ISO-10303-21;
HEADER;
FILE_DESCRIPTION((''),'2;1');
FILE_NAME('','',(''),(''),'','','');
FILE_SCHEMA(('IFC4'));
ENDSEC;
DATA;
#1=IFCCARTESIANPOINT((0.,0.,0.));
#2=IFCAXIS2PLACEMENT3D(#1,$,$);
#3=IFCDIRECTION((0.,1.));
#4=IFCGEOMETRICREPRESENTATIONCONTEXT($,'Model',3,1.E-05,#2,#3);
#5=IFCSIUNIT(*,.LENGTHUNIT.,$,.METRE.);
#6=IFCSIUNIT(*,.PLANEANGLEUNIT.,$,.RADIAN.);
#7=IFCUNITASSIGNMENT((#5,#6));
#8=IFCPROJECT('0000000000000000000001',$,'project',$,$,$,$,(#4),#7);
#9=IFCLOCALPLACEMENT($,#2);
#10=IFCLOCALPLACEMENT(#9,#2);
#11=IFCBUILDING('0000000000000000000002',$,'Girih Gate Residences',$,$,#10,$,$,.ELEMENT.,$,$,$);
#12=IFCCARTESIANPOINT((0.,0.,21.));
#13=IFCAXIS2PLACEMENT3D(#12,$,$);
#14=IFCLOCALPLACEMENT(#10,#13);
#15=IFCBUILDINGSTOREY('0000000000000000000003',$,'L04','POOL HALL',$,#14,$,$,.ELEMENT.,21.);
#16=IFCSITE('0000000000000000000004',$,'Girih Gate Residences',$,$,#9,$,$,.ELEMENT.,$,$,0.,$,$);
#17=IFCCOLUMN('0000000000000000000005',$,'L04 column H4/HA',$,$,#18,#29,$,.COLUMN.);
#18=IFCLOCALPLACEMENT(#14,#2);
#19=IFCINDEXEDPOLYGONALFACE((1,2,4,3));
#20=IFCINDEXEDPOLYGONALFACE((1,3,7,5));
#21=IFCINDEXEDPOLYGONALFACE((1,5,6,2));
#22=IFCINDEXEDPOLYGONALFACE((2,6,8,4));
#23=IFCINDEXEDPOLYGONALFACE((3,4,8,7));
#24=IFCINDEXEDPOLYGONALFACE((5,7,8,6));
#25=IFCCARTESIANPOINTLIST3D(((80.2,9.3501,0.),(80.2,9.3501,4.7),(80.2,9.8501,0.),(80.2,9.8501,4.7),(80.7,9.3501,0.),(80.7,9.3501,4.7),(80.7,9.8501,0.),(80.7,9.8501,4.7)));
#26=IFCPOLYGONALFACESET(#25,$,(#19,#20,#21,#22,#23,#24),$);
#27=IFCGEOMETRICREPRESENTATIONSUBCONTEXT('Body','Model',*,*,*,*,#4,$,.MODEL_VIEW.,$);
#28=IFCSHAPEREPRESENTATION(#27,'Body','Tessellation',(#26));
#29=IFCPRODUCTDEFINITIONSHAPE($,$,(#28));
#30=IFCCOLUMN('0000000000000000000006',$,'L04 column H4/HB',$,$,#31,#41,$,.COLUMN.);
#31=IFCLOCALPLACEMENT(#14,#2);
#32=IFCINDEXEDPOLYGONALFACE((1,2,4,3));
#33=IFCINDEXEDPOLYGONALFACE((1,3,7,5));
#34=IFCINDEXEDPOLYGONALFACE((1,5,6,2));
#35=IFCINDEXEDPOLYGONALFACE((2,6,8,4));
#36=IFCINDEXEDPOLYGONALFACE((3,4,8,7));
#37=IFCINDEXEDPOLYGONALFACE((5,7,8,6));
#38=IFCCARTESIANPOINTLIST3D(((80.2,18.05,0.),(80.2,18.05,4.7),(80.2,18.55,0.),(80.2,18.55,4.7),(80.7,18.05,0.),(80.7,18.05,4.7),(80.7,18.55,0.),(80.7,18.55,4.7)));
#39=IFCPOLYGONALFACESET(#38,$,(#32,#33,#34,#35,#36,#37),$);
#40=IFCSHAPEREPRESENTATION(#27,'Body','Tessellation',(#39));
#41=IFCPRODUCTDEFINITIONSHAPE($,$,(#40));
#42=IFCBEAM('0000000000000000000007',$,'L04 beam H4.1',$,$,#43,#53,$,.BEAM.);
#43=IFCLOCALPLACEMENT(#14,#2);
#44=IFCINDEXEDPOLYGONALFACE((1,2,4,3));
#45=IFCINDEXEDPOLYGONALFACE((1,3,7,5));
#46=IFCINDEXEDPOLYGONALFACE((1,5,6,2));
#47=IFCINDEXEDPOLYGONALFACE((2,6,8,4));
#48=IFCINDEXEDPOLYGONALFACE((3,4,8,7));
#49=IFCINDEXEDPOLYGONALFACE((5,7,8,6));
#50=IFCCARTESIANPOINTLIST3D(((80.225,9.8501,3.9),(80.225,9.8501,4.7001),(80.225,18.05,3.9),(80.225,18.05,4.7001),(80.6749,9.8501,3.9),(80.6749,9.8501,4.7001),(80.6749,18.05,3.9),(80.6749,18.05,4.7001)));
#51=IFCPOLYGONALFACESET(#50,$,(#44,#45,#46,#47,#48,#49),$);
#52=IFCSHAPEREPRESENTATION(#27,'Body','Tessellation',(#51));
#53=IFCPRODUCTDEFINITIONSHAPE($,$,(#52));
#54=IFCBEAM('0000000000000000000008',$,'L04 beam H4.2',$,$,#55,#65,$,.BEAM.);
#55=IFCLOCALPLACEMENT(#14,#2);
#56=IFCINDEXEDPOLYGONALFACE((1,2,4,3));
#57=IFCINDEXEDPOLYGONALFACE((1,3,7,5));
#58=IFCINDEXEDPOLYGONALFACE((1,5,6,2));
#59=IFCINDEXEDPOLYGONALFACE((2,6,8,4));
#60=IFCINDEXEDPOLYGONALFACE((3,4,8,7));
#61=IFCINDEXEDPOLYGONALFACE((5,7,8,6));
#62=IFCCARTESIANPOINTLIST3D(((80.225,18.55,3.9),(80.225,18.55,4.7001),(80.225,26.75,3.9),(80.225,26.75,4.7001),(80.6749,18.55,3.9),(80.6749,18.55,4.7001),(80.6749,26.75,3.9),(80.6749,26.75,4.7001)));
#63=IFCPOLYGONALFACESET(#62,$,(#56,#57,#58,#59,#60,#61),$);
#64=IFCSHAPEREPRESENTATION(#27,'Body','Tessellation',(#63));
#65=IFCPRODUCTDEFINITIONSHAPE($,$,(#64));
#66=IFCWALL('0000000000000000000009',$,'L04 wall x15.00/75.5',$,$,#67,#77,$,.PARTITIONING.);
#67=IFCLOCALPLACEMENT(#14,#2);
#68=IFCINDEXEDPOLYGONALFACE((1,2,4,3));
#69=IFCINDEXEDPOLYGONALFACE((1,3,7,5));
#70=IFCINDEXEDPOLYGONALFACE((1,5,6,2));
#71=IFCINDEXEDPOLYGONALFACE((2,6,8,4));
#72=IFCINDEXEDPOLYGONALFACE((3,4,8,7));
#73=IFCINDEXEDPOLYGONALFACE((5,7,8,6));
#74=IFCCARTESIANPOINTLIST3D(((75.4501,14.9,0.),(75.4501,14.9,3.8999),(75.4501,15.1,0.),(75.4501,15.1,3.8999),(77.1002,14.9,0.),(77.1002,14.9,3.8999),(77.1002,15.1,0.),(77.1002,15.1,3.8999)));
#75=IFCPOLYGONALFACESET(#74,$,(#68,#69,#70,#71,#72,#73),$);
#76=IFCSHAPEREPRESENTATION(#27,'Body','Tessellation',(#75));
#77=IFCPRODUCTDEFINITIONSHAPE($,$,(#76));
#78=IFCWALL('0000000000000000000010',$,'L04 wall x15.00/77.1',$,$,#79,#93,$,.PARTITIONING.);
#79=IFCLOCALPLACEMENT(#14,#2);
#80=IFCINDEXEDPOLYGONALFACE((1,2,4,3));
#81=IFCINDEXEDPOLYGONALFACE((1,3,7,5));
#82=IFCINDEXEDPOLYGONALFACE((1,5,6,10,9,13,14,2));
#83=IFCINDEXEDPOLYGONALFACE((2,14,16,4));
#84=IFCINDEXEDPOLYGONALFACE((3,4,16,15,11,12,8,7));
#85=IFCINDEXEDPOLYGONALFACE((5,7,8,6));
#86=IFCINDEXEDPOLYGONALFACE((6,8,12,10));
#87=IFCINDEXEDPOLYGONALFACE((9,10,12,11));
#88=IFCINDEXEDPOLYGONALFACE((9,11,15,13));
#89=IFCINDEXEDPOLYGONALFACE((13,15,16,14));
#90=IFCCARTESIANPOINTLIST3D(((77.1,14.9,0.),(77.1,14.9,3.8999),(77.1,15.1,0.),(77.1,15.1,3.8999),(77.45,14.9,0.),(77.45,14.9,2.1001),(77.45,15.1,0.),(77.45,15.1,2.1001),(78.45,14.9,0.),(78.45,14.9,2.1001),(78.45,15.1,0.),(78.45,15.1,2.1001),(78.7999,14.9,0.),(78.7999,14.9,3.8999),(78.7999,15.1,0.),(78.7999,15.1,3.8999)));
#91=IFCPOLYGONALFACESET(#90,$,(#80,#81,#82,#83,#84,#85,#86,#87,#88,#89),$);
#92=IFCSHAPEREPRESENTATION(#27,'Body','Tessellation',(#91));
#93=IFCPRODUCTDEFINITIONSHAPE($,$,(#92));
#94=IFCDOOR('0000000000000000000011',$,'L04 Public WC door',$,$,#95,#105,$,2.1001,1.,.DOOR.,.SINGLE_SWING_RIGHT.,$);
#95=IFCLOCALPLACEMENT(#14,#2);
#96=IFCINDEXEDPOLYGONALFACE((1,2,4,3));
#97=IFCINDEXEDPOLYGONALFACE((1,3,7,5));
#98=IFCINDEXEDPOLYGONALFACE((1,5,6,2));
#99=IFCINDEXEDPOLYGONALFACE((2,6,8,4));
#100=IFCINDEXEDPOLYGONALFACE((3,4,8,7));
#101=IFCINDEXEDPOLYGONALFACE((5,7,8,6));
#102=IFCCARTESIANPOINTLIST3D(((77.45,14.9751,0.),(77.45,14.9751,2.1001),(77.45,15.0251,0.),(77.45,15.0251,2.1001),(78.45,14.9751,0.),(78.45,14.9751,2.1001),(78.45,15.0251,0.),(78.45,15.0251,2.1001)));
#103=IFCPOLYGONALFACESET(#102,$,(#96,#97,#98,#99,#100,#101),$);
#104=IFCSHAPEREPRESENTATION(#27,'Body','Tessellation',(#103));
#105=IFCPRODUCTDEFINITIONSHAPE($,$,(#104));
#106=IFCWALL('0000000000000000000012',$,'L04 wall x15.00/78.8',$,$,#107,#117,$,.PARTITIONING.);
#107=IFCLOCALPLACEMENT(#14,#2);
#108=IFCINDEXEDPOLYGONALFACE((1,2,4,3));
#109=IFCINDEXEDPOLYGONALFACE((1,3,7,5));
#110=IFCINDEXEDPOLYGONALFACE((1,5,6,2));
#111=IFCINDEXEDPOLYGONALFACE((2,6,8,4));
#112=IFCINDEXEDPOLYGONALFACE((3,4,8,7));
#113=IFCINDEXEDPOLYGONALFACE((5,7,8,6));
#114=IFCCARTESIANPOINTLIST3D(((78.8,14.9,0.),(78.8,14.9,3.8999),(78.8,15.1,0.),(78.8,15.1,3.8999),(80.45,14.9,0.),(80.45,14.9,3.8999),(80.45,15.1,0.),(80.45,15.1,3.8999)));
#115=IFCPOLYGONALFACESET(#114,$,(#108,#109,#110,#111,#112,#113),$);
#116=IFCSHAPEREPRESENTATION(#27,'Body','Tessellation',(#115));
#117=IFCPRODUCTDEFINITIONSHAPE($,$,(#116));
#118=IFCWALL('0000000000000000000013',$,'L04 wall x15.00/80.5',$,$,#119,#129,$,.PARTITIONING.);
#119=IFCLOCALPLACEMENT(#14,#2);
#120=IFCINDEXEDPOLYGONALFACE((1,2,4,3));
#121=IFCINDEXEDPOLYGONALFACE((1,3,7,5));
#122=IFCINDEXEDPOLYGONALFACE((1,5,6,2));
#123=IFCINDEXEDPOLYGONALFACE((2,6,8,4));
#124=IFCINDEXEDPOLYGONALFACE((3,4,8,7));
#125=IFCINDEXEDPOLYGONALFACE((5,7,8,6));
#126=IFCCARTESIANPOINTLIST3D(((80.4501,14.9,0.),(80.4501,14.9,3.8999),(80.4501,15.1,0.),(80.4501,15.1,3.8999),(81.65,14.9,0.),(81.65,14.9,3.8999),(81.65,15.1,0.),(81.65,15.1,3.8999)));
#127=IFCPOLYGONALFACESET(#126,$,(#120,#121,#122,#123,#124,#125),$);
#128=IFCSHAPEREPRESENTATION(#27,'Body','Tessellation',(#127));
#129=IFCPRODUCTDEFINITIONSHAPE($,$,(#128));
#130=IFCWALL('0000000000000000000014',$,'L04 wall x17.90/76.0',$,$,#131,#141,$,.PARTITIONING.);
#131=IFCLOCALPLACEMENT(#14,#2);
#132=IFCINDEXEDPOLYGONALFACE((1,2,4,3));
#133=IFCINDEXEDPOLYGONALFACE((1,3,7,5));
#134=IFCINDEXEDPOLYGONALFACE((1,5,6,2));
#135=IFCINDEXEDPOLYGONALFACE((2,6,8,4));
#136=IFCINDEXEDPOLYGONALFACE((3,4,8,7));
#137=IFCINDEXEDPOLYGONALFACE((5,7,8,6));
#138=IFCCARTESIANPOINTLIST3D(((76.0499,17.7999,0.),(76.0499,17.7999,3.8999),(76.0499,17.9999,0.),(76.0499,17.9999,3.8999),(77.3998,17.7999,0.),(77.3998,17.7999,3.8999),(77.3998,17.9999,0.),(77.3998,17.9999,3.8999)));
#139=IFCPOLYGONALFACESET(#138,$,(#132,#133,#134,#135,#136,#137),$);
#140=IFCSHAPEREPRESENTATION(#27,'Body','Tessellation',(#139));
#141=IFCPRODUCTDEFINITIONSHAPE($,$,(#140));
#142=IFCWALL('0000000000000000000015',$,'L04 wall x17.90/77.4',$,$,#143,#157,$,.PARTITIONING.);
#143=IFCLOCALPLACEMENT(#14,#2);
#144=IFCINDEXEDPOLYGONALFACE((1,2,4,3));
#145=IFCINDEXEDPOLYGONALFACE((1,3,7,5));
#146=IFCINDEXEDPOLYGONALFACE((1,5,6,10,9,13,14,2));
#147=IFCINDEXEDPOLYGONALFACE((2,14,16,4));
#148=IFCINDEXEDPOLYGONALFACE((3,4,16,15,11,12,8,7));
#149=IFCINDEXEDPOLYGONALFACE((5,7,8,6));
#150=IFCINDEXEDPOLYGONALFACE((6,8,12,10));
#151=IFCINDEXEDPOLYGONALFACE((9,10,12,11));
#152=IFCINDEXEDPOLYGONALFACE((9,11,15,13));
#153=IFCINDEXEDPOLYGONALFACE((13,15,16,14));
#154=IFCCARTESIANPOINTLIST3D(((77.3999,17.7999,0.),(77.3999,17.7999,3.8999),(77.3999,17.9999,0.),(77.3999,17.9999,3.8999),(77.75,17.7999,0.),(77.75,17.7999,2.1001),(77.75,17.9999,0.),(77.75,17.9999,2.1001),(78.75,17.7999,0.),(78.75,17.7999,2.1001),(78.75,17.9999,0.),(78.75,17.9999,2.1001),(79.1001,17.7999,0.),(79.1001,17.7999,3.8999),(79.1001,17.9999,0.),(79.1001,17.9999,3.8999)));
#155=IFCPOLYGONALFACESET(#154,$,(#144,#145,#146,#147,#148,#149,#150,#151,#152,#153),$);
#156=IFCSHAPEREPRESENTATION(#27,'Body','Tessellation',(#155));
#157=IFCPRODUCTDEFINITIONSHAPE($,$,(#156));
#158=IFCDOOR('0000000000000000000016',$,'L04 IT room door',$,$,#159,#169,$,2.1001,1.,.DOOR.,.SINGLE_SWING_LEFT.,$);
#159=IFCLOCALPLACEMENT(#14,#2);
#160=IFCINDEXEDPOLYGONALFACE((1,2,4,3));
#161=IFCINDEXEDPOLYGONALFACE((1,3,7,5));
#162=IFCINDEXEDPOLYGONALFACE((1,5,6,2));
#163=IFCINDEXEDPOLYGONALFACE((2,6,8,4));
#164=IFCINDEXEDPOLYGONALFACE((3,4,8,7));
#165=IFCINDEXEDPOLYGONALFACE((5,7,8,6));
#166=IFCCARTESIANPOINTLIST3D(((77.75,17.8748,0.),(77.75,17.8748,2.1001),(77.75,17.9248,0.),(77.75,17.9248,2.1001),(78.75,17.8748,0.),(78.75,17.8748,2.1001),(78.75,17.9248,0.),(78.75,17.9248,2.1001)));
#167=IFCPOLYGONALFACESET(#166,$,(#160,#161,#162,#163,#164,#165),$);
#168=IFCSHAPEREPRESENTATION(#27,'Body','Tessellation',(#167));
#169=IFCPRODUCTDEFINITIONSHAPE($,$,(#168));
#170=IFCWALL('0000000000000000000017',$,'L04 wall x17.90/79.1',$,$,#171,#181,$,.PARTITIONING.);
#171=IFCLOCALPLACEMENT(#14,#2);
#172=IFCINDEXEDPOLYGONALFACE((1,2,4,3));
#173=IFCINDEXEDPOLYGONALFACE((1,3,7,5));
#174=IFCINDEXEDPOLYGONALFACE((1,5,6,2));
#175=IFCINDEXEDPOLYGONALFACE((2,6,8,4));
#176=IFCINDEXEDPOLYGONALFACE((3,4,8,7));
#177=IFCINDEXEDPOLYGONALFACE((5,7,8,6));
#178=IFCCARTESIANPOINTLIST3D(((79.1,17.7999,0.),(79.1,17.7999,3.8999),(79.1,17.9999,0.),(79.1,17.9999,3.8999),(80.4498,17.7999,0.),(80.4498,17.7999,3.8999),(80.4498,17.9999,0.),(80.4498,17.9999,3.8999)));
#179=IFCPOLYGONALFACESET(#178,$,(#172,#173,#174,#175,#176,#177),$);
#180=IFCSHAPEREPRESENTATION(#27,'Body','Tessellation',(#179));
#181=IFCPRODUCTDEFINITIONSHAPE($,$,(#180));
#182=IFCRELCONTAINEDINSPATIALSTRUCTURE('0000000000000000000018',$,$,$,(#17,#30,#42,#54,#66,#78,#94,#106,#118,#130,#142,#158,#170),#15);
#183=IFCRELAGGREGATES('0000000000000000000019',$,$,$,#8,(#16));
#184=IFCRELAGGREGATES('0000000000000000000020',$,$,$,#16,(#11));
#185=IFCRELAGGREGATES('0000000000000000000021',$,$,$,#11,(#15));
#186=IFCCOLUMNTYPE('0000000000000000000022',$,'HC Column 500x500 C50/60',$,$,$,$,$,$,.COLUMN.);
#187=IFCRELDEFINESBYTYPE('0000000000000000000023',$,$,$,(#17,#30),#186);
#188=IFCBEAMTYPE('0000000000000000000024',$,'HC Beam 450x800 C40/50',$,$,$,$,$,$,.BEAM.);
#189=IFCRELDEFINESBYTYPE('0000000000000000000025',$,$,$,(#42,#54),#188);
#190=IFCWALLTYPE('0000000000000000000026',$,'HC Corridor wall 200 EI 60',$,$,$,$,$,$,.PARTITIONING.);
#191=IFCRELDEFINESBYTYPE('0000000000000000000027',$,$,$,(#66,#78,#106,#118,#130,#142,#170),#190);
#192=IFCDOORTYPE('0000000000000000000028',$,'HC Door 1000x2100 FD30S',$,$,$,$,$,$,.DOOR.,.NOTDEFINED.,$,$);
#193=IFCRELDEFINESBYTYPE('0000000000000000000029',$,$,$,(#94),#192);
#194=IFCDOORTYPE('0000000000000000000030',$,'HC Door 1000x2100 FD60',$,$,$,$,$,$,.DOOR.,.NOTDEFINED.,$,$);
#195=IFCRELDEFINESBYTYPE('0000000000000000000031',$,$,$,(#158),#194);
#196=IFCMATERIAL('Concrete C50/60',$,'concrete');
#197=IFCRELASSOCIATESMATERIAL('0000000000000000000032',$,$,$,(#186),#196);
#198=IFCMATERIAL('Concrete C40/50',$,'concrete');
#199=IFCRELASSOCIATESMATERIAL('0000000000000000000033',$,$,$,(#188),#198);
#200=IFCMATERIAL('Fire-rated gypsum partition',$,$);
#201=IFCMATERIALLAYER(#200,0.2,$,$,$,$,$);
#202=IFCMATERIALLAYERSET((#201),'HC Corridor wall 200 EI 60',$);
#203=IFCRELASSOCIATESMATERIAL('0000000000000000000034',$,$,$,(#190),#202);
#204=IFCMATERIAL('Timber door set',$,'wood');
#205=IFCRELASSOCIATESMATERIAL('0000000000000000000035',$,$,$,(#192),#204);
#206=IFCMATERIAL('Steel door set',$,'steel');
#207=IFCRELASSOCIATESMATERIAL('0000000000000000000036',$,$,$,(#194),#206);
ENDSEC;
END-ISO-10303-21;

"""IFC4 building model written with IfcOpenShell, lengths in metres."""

from ifc_helpers import new_model, si_unit, direction, frame, frame_2d, origin, origin_2d, place, context, subcontext, project, spatial, rectangle, extrude, material, layer, layer_set, material_profile, profile_set, type_object, element, fill, save


model = new_model("IFC4")

# Units and contexts
model_context = context("Model", 3, precision=1e-05, world=origin(), true_north=direction((0.0, 1.0)))
body_context = subcontext(model_context, "Body", "Model", "MODEL_VIEW")
ifc_project = project(units=[si_unit("LENGTHUNIT", "METRE"), si_unit("PLANEANGLEUNIT", "RADIAN")], contexts=[model_context])

# Site, building, storey
site_placement = place(None, origin())
site = spatial("IfcSite", under=ifc_project, at=site_placement, Name="Girih Gate Residences", CompositionType="ELEMENT", RefElevation=0.0)
building_placement = place(site_placement, origin())
building = spatial("IfcBuilding", under=site, at=building_placement, Name="Girih Gate Residences", CompositionType="ELEMENT")
storey_placement = place(building_placement, frame((0.0, 0.0, 21.0)))
storey = spatial("IfcBuildingStorey", under=building, at=storey_placement, Name="L04", Description="POOL HALL", CompositionType="ELEMENT", Elevation=21.0)

# Columns
ifc_material_1 = material(Name="Concrete C50/60", Category="concrete")
ifc_material_profile_1 = material_profile(ifc_material_1, rectangle(XDim=0.5, YDim=0.5, at=origin_2d()))
ifc_profile_set_1 = profile_set([ifc_material_profile_1], Name="Concrete C50/60")
column_type = type_object("IfcColumnType", Name="HC Column 500x500 C50/60", PredefinedType="COLUMN", material=ifc_profile_set_1)
for number, where, z_axis, x_axis, name in (
    (1, (80.45, 9.6001, 0.0), (0.0, 0.0, 1.0), (1.0, 0.0, 0.0), "L04 column H4/HA"),
    (2, (80.45, 18.3, 0.0), (0.0, 0.0, 1.0), (1.0, 0.0, 0.0), "L04 column H4/HB"),
):
    element("IfcColumn", number, at=place(storey_placement, frame(where, z_axis=z_axis, x_axis=x_axis)), inside=storey, type_object=column_type, Name=name, PredefinedType="COLUMN", context=body_context, shape_type="SweptSolid", body=[
        extrude(rectangle(XDim=0.5, YDim=0.5, at=origin_2d()), origin(), (0.0, 0.0, 1.0), 4.7),
    ])

# Beams
ifc_material_2 = material(Name="Concrete C40/50", Category="concrete")
ifc_material_profile_2 = material_profile(ifc_material_2, rectangle(XDim=0.45, YDim=0.8, at=origin_2d()))
ifc_profile_set_2 = profile_set([ifc_material_profile_2], Name="Concrete C40/50")
beam_type = type_object("IfcBeamType", Name="HC Beam 450x800 C40/50", PredefinedType="BEAM", material=ifc_profile_set_2)
for number, where, z_axis, x_axis, name in (
    (3, (80.45, 9.8501, 4.3), (0.0, 1.0, 0.0), (-1.0, 0.0, 0.0), "L04 beam H4.1"),
    (4, (80.45, 18.55, 4.3), (0.0, 1.0, 0.0), (-1.0, 0.0, 0.0), "L04 beam H4.2"),
):
    element("IfcBeam", number, at=place(storey_placement, frame(where, z_axis=z_axis, x_axis=x_axis)), inside=storey, type_object=beam_type, Name=name, PredefinedType="BEAM", context=body_context, shape_type="SweptSolid", body=[
        extrude(rectangle(XDim=0.45, YDim=0.8, at=origin_2d()), origin(), (0.0, 0.0, 1.0), 8.2),
    ])

# Wall
ifc_material_3 = material(Name="Fire-rated gypsum partition")
ifc_layer_1 = layer(ifc_material_3, 0.2)
ifc_layer_set_1 = layer_set([ifc_layer_1], Name="HC Corridor wall 200 EI 60")
wall_type_1 = type_object("IfcWallType", Name="HC Corridor wall 200 EI 60", PredefinedType="PARTITIONING", material=ifc_layer_set_1)
wall_1_placement = place(storey_placement, frame((75.45, 15.0, 0.0), z_axis=(0.0, 0.0, 1.0), x_axis=(1.0, 0.0, 0.0)))
element("IfcWall", 5, at=wall_1_placement, inside=storey, type_object=wall_type_1, Name="L04 wall x15.00/75.5", PredefinedType="PARTITIONING", context=body_context, shape_type="SweptSolid", body=[
    extrude(rectangle(XDim=1.6501, YDim=0.2, at=frame_2d((0.8252, 0.0))), origin(), (0.0, 0.0, 1.0), 3.8999),
])

# Wall, opening, door
wall_2_placement = place(storey_placement, frame((78.8, 15.0, 0.0), z_axis=(0.0, 0.0, 1.0), x_axis=(-1.0, 0.0, 0.0)))
wall_2 = element("IfcWall", 6, at=wall_2_placement, inside=storey, type_object=wall_type_1, Name="L04 wall x15.00/77.1", PredefinedType="PARTITIONING", context=body_context, shape_type="SweptSolid", body=[
    extrude(rectangle(XDim=1.7, YDim=0.2, at=frame_2d((0.8501, 0.0))), origin(), (0.0, 0.0, 1.0), 3.8999),
])
opening_1_placement = place(wall_2_placement, frame((0.3501, 0.0, 0.0)))
opening_1 = element("IfcOpeningElement", 7, at=opening_1_placement, cuts=wall_2, PredefinedType="OPENING", context=body_context, shape_type="SweptSolid", body=[
    extrude(rectangle(XDim=1.0, YDim=2.1001, at=frame_2d((0.5, 1.05))), frame((0.0, 0.1099, 0.0), z_axis=(0.0, -1.0, 0.0), x_axis=(1.0, 0.0, 0.0)), (0.0, 0.0, 1.0), 0.22),
])
ifc_material_4 = material(Name="Timber door set", Category="wood")
door_type_1 = type_object("IfcDoorType", Name="HC Door 1000x2100 FD30S", OperationType="NOTDEFINED", PredefinedType="DOOR", material=ifc_material_4)
door_1_placement = place(opening_1_placement, origin())
door_1 = element("IfcDoor", 8, at=door_1_placement, inside=storey, type_object=door_type_1, Name="L04 Public WC door", OperationType="SINGLE_SWING_RIGHT", OverallHeight=2.1001, OverallWidth=1.0, PredefinedType="DOOR", context=body_context, shape_type="SweptSolid", body=[
    extrude(rectangle(XDim=1.0, YDim=2.1001, at=frame_2d((0.5, 1.05))), frame((0.0, 0.0249, 0.0), z_axis=(0.0, -1.0, 0.0), x_axis=(1.0, 0.0, 0.0)), (0.0, 0.0, 1.0), 0.05),
])
fill(opening_1, door_1)

# Walls
wall_3_placement = place(storey_placement, frame((78.8, 15.0, 0.0), z_axis=(0.0, 0.0, 1.0), x_axis=(1.0, 0.0, 0.0)))
element("IfcWall", 9, at=wall_3_placement, inside=storey, type_object=wall_type_1, Name="L04 wall x15.00/78.8", PredefinedType="PARTITIONING", context=body_context, shape_type="SweptSolid", body=[
    extrude(rectangle(XDim=1.6499, YDim=0.2, at=frame_2d((0.825, 0.0))), origin(), (0.0, 0.0, 1.0), 3.8999),
])
wall_4_placement = place(storey_placement, frame((80.45, 15.0, 0.0), z_axis=(0.0, 0.0, 1.0), x_axis=(1.0, 0.0, 0.0)))
element("IfcWall", 10, at=wall_4_placement, inside=storey, type_object=wall_type_1, Name="L04 wall x15.00/80.5", PredefinedType="PARTITIONING", context=body_context, shape_type="SweptSolid", body=[
    extrude(rectangle(XDim=1.2, YDim=0.2, at=frame_2d((0.6001, 0.0))), origin(), (0.0, 0.0, 1.0), 3.8999),
])
wall_5_placement = place(storey_placement, frame((76.05, 17.8999, 0.0), z_axis=(0.0, 0.0, 1.0), x_axis=(1.0, 0.0, 0.0)))
element("IfcWall", 11, at=wall_5_placement, inside=storey, type_object=wall_type_1, Name="L04 wall x17.90/76.0", PredefinedType="PARTITIONING", context=body_context, shape_type="SweptSolid", body=[
    extrude(rectangle(XDim=1.3499, YDim=0.2, at=frame_2d((0.6748, 0.0))), origin(), (0.0, 0.0, 1.0), 3.8999),
])

# Wall, opening, door
wall_6_placement = place(storey_placement, frame((77.3999, 17.8999, 0.0), z_axis=(0.0, 0.0, 1.0), x_axis=(1.0, 0.0, 0.0)))
wall_6 = element("IfcWall", 12, at=wall_6_placement, inside=storey, type_object=wall_type_1, Name="L04 wall x17.90/77.4", PredefinedType="PARTITIONING", context=body_context, shape_type="SweptSolid", body=[
    extrude(rectangle(XDim=1.7002, YDim=0.2, at=frame_2d((0.8501, 0.0))), origin(), (0.0, 0.0, 1.0), 3.8999),
])
opening_2_placement = place(wall_6_placement, frame((0.3501, 0.0, 0.0)))
opening_2 = element("IfcOpeningElement", 13, at=opening_2_placement, cuts=wall_6, PredefinedType="OPENING", context=body_context, shape_type="SweptSolid", body=[
    extrude(rectangle(XDim=1.0, YDim=2.1001, at=frame_2d((0.5, 1.05))), frame((0.0, 0.1099, 0.0), z_axis=(0.0, -1.0, 0.0), x_axis=(1.0, 0.0, 0.0)), (0.0, 0.0, 1.0), 0.22),
])
ifc_material_5 = material(Name="Steel door set", Category="steel")
door_type_2 = type_object("IfcDoorType", Name="HC Door 1000x2100 FD60", OperationType="NOTDEFINED", PredefinedType="DOOR", material=ifc_material_5)
door_2_placement = place(opening_2_placement, origin())
door_2 = element("IfcDoor", 14, at=door_2_placement, inside=storey, type_object=door_type_2, Name="L04 IT room door", OperationType="SINGLE_SWING_LEFT", OverallHeight=2.1001, OverallWidth=1.0, PredefinedType="DOOR", context=body_context, shape_type="SweptSolid", body=[
    extrude(rectangle(XDim=1.0, YDim=2.1001, at=frame_2d((0.5, 1.05))), frame((0.0, 0.0249, 0.0), z_axis=(0.0, -1.0, 0.0), x_axis=(1.0, 0.0, 0.0)), (0.0, 0.0, 1.0), 0.05),
])
fill(opening_2, door_2)

# Wall
wall_7_placement = place(storey_placement, frame((79.1001, 17.8999, 0.0), z_axis=(0.0, 0.0, 1.0), x_axis=(1.0, 0.0, 0.0)))
element("IfcWall", 15, at=wall_7_placement, inside=storey, type_object=wall_type_1, Name="L04 wall x17.90/79.1", PredefinedType="PARTITIONING", context=body_context, shape_type="SweptSolid", body=[
    extrude(rectangle(XDim=1.3499, YDim=0.2, at=frame_2d((0.6748, 0.0))), origin(), (0.0, 0.0, 1.0), 3.8999),
])

save(model, "model.ifc")
